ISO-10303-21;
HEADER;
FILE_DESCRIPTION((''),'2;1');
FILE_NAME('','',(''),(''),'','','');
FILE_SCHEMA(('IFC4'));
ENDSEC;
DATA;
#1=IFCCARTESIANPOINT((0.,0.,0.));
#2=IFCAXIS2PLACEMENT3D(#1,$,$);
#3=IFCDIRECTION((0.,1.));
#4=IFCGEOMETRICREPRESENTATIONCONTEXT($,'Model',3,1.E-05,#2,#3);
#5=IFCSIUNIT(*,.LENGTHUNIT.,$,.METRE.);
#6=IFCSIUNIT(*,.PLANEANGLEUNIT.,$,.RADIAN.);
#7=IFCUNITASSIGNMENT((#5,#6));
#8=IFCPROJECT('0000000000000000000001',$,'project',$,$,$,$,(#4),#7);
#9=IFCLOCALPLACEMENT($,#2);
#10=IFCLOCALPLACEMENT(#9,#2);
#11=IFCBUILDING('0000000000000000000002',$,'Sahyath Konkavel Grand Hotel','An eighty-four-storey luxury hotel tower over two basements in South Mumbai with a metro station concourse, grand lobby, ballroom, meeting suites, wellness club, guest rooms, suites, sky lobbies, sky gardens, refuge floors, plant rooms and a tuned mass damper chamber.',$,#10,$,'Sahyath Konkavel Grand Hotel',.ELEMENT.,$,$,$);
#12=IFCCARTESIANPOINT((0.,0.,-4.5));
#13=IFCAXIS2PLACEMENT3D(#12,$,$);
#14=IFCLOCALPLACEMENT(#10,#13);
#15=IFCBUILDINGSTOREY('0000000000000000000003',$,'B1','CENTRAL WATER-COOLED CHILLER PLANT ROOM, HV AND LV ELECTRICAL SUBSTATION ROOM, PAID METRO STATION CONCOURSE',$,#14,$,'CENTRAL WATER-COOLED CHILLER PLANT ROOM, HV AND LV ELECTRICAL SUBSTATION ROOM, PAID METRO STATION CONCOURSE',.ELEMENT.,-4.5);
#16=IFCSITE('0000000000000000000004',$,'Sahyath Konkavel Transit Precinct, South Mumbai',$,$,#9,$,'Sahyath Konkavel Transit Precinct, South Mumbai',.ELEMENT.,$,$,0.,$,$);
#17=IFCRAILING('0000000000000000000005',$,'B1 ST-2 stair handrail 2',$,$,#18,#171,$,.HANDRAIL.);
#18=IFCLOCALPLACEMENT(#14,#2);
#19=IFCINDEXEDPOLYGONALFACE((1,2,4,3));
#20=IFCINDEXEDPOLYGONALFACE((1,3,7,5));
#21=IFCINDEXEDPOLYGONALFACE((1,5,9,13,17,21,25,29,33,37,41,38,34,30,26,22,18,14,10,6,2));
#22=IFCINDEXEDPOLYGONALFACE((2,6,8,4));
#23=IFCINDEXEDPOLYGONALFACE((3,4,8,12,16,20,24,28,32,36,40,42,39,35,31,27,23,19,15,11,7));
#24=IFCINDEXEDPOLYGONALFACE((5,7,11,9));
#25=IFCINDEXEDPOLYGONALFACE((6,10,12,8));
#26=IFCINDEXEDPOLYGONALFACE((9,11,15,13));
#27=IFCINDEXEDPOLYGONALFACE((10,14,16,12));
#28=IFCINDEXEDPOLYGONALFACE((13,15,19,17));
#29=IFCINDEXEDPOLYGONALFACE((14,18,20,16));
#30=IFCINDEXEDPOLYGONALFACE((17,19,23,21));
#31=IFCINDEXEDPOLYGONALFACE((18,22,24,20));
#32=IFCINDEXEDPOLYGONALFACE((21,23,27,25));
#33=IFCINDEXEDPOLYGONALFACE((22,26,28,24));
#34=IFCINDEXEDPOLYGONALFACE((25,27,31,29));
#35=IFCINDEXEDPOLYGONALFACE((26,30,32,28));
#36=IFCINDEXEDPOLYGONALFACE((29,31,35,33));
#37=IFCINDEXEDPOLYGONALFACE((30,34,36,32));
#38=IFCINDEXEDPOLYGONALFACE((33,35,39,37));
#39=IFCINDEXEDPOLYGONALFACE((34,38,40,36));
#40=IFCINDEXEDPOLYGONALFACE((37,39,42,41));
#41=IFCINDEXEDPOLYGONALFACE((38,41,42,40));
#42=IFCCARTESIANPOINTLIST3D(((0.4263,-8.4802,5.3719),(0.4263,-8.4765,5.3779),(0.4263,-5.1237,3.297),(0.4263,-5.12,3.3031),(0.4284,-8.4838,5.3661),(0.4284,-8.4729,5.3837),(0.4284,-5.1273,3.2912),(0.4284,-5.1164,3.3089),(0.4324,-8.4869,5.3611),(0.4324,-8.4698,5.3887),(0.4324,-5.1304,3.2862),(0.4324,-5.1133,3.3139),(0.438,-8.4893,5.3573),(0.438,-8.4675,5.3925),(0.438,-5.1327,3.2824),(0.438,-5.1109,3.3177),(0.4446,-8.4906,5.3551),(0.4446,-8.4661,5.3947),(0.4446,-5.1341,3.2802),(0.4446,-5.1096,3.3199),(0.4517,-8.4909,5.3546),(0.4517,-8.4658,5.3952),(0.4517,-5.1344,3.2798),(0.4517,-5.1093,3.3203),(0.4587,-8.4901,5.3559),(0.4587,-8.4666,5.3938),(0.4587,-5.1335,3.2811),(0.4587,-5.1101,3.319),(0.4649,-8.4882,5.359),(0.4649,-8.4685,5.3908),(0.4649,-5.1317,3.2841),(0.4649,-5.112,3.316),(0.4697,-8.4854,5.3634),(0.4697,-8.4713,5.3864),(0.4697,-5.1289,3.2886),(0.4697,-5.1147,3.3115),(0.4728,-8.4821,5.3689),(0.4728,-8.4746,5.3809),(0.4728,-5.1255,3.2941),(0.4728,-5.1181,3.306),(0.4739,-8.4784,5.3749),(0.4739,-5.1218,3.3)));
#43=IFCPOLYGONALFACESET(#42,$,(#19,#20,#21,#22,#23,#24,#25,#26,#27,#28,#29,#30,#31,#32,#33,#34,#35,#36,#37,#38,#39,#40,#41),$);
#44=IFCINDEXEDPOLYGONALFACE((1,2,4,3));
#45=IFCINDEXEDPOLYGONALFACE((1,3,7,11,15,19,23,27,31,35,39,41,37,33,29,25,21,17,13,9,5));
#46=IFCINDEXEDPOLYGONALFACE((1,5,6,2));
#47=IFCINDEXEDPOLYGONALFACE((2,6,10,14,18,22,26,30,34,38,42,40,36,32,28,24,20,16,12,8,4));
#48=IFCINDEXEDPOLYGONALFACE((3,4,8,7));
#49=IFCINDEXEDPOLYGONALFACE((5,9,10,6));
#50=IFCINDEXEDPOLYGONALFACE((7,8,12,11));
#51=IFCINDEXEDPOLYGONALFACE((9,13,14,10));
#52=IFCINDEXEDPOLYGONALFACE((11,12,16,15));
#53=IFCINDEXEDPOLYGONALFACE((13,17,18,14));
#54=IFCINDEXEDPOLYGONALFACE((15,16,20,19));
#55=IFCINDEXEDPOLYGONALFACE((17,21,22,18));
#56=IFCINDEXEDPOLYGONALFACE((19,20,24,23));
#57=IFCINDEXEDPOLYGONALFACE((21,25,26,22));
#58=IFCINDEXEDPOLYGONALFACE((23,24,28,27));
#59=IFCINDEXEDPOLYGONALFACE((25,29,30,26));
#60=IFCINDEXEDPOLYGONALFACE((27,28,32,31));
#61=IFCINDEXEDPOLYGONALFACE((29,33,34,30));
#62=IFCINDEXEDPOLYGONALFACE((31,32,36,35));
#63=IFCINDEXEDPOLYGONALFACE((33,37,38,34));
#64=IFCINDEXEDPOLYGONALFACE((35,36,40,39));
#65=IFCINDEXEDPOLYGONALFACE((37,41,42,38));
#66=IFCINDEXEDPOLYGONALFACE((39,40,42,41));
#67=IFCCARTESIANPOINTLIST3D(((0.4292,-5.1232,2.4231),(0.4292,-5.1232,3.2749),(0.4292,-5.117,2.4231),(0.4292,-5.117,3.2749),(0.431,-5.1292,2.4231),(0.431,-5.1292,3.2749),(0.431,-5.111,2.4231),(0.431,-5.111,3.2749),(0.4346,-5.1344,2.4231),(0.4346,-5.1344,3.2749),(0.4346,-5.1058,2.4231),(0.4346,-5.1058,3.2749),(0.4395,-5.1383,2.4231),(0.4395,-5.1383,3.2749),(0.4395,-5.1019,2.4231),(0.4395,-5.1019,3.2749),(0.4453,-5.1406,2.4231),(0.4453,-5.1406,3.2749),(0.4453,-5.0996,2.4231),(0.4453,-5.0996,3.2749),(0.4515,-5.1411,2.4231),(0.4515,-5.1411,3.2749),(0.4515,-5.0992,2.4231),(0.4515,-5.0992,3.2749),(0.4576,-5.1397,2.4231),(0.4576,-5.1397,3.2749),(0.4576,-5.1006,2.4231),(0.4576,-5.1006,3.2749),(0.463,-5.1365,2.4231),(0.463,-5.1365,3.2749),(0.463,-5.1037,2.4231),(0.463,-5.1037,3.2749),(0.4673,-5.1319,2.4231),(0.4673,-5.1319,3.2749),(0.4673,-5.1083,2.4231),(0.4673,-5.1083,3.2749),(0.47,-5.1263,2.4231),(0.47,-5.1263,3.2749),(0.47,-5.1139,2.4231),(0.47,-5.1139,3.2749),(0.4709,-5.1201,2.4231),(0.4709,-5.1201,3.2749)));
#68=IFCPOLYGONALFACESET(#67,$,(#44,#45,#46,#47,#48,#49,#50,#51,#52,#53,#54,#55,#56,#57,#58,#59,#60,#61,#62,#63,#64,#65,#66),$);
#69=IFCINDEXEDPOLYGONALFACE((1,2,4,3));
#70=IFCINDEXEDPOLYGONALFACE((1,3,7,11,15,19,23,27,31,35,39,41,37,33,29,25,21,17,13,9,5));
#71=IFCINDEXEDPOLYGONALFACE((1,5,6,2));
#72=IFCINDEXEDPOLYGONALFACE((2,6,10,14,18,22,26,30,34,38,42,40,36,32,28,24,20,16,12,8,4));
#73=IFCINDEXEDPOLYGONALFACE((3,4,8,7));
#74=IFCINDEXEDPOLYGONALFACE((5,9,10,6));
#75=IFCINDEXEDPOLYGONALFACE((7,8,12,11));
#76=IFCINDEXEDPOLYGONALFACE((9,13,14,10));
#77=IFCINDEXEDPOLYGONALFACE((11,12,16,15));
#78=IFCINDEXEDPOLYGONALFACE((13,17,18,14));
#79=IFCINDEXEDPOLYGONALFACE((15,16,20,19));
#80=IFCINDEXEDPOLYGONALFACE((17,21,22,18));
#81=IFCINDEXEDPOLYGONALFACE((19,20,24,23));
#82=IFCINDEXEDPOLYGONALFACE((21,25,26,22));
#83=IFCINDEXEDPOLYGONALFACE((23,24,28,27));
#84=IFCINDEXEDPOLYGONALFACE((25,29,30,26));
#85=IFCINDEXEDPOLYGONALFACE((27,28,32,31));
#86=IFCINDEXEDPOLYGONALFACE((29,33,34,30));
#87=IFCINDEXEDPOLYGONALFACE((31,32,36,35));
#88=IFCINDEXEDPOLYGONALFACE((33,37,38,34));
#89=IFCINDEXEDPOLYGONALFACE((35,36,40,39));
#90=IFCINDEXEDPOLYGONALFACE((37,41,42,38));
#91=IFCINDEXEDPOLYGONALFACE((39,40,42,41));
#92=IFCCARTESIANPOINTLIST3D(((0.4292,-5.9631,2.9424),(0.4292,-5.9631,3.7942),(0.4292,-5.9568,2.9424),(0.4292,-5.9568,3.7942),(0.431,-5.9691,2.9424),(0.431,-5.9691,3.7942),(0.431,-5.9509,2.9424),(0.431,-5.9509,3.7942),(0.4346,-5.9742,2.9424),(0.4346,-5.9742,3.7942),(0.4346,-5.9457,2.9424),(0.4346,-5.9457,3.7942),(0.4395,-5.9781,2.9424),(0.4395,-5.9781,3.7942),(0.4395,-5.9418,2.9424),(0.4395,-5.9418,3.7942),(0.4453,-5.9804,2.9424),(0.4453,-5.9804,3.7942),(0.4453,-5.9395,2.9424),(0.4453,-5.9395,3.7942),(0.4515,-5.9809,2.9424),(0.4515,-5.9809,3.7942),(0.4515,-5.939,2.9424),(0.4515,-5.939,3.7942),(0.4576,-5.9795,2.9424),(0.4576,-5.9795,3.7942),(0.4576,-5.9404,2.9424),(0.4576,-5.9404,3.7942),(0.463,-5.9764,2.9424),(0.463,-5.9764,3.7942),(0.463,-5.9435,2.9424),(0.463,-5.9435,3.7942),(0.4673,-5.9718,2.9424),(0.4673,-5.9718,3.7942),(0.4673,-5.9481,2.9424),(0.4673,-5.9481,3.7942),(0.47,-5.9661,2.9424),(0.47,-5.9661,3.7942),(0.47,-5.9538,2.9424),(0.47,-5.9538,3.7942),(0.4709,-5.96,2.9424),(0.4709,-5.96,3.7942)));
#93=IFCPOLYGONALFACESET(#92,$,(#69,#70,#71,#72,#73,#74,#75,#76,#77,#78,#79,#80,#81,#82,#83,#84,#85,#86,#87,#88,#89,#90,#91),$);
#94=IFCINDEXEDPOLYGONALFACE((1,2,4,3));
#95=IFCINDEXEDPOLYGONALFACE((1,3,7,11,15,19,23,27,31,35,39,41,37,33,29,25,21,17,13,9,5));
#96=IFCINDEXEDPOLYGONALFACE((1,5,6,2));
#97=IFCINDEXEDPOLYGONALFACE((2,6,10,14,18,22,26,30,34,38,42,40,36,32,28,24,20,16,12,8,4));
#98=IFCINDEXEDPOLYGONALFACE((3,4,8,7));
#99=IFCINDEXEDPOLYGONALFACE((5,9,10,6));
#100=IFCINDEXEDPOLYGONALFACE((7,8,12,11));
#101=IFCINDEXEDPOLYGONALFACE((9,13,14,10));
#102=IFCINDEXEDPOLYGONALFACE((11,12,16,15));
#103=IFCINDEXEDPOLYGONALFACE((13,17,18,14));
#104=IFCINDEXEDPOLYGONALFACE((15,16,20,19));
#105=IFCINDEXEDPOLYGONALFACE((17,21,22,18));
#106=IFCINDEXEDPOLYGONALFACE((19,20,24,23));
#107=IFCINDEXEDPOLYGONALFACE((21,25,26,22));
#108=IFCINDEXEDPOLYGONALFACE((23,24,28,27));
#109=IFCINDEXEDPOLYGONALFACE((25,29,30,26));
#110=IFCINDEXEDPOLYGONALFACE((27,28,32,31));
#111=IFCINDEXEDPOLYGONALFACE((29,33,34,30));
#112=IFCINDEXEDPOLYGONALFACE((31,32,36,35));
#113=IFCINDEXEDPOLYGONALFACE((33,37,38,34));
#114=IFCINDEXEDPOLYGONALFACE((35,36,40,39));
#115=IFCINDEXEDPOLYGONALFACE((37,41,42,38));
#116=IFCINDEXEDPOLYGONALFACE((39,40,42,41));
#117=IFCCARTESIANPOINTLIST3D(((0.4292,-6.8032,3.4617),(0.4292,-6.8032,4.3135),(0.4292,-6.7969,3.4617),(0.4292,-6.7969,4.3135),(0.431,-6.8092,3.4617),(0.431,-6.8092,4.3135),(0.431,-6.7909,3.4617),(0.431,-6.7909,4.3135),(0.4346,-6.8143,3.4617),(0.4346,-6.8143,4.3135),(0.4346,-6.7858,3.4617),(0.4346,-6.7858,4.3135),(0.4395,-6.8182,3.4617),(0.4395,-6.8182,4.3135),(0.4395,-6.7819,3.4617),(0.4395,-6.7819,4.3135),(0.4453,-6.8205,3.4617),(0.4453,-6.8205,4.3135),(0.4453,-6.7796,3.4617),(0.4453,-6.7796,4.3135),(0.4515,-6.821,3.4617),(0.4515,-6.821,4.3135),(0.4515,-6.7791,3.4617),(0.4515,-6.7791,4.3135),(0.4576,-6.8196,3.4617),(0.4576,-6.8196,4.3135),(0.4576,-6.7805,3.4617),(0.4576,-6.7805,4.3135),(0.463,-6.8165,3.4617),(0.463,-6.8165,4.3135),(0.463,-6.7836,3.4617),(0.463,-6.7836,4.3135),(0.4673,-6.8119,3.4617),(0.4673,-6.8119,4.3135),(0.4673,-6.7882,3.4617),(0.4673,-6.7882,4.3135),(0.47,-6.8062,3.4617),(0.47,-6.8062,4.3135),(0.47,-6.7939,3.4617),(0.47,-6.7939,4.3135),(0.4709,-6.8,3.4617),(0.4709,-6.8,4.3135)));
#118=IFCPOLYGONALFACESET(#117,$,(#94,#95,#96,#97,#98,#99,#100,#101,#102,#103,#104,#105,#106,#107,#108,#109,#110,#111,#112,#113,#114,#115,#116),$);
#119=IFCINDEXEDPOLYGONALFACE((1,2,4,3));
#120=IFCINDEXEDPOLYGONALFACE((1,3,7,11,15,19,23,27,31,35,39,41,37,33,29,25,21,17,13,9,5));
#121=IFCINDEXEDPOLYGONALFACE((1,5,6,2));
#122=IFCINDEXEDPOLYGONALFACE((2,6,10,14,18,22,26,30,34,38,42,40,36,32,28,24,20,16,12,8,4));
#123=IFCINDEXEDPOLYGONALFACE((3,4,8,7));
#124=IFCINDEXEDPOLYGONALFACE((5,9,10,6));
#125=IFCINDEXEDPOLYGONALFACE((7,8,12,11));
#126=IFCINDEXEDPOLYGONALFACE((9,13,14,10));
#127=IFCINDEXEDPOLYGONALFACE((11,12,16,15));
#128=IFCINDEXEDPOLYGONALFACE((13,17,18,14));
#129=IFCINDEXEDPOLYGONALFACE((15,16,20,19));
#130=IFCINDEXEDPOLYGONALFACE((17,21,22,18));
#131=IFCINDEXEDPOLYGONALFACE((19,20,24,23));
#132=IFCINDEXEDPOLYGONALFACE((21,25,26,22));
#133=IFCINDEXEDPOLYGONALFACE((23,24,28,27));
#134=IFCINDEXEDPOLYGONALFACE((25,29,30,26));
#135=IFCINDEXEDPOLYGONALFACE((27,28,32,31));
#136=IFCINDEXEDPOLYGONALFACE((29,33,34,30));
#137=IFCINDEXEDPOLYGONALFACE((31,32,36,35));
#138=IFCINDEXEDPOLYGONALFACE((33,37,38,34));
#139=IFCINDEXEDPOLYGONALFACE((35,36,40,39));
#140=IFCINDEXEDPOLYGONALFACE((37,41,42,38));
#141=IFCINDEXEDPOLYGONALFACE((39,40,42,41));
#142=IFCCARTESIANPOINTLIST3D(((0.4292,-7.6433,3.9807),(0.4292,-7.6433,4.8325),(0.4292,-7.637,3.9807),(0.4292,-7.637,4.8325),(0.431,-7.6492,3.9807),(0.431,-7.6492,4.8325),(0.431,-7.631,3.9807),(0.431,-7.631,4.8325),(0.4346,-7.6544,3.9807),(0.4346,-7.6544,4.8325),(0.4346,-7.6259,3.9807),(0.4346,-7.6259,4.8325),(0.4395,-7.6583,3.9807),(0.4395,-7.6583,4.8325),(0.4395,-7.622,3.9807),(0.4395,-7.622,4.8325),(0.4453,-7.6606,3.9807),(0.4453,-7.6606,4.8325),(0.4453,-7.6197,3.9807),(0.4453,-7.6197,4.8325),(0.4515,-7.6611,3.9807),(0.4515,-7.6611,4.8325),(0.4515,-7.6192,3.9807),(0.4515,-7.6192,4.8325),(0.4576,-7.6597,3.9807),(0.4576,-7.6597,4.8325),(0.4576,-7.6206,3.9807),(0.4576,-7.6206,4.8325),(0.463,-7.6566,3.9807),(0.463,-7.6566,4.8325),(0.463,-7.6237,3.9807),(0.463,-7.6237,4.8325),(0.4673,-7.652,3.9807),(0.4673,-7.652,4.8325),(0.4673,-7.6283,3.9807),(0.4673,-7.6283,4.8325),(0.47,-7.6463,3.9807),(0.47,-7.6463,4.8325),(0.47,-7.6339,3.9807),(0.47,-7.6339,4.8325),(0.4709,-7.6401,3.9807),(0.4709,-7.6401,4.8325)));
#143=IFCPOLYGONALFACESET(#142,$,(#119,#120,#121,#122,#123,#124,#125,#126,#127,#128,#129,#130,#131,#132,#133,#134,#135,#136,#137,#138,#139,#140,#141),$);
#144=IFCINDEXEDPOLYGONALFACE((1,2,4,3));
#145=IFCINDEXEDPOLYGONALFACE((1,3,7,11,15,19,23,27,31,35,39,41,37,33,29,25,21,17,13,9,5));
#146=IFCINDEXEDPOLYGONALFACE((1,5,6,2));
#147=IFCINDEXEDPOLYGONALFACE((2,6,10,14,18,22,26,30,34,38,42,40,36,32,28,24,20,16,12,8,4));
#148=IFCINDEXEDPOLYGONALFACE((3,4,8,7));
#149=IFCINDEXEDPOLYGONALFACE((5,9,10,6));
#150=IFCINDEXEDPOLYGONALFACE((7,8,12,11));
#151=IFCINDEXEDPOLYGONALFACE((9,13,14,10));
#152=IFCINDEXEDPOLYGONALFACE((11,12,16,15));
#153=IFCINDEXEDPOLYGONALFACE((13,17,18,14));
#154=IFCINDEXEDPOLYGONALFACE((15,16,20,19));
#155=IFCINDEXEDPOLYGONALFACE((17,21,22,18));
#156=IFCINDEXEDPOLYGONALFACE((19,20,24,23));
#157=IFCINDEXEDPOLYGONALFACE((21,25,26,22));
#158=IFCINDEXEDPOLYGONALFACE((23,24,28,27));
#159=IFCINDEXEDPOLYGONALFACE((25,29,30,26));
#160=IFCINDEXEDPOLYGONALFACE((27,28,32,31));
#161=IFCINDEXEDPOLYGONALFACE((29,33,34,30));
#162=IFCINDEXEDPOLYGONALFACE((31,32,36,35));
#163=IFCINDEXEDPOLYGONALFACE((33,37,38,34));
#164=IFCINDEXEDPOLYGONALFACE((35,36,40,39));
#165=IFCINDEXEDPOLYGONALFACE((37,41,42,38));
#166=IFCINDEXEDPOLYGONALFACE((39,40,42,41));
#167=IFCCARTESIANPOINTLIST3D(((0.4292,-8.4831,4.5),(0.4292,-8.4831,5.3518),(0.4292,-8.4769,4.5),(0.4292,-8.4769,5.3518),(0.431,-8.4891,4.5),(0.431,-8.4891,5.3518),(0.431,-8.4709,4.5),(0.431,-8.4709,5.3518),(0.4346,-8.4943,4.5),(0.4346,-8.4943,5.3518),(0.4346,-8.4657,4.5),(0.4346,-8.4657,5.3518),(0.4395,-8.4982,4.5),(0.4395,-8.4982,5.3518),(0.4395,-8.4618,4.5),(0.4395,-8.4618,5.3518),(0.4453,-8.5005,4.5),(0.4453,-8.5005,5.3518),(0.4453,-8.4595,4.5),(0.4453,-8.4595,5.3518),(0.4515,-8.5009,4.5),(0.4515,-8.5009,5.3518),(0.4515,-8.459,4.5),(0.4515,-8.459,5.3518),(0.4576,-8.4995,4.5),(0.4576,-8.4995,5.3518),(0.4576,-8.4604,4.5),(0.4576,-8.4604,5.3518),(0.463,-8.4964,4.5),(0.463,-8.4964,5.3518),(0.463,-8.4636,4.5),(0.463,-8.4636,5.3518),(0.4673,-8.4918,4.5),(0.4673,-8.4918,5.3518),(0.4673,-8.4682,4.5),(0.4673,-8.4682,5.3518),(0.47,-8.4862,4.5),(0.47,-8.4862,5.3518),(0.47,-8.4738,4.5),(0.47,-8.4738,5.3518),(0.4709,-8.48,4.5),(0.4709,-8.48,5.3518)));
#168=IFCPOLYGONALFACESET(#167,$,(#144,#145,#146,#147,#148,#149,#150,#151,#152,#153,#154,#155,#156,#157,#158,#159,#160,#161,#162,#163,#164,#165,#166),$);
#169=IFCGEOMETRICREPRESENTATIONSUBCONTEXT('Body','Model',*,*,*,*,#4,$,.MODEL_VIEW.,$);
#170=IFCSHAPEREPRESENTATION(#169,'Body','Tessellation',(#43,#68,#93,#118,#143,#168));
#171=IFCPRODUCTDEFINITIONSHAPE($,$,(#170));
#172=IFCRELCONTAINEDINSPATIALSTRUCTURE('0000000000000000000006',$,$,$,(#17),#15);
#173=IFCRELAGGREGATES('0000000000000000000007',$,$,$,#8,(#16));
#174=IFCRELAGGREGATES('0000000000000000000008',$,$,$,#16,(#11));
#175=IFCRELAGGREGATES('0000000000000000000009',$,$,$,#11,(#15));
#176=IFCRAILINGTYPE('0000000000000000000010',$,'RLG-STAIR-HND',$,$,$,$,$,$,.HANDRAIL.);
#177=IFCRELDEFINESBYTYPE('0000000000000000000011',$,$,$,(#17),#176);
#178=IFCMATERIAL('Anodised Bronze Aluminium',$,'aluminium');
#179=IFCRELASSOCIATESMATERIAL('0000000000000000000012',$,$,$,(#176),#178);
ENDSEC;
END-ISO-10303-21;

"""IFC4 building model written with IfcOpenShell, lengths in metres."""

from ifc_helpers import new_model, si_unit, direction, frame, origin, origin_2d, place, context, subcontext, project, spatial, circle, extrude, material, type_object, element, save


model = new_model("IFC4")

# Units and contexts
model_context = context("Model", 3, precision=1e-05, world=origin(), true_north=direction((0.0, 1.0)))
body_context = subcontext(model_context, "Body", "Model", "MODEL_VIEW")
ifc_project = project(units=[si_unit("LENGTHUNIT", "METRE"), si_unit("PLANEANGLEUNIT", "RADIAN")], contexts=[model_context])

# Site, building, storey
site_placement = place(None, origin())
site = spatial("IfcSite", under=ifc_project, at=site_placement, Name="Sahyath Konkavel Transit Precinct, South Mumbai", LongName="Sahyath Konkavel Transit Precinct, South Mumbai", CompositionType="ELEMENT", RefElevation=0.0)
building_placement = place(site_placement, origin())
building = spatial("IfcBuilding", under=site, at=building_placement, Name="Sahyath Konkavel Grand Hotel", Description="An eighty-four-storey luxury hotel tower over two basements in South Mumbai with a metro station concourse, grand lobby, ballroom, meeting suites, wellness club, guest rooms, suites, sky lobbies, sky gardens, refuge floors, plant rooms and a tuned mass damper chamber.", LongName="Sahyath Konkavel Grand Hotel", CompositionType="ELEMENT")
storey_placement = place(building_placement, frame((0.0, 0.0, -4.5)))
storey = spatial("IfcBuildingStorey", under=building, at=storey_placement, Name="B1", Description="CENTRAL WATER-COOLED CHILLER PLANT ROOM, HV AND LV ELECTRICAL SUBSTATION ROOM, PAID METRO STATION CONCOURSE", LongName="CENTRAL WATER-COOLED CHILLER PLANT ROOM, HV AND LV ELECTRICAL SUBSTATION ROOM, PAID METRO STATION CONCOURSE", CompositionType="ELEMENT", Elevation=-4.5)

# Railing
ifc_material_1 = material(Name="Anodised Bronze Aluminium", Category="aluminium")
railing_type_1 = type_object("IfcRailingType", Name="RLG-STAIR-HND", PredefinedType="HANDRAIL", material=ifc_material_1)
railing_1_placement = place(storey_placement, frame((0.45, -5.1201, 2.4231)))
element("IfcRailing", 1, at=railing_1_placement, inside=storey, type_object=railing_type_1, Name="B1 ST-2 stair handrail 2", PredefinedType="HANDRAIL", context=body_context, shape_type="SweptSolid", body=[
    extrude(circle(Radius=0.0239, at=origin_2d()), frame((0.0, -0.0017, 0.877), z_axis=(0.0, -0.850606, 0.525803), x_axis=(1.0, 0.0, 0.0)), (0.0, 0.0, 1.0), 3.946),
    extrude(circle(Radius=0.021, at=origin_2d()), origin(), (0.0, 0.0, 1.0), 0.8518),
    extrude(circle(Radius=0.021, at=origin_2d()), frame((0.0, -0.8398, 0.5193)), (0.0, 0.0, 1.0), 0.8518),
    extrude(circle(Radius=0.021, at=origin_2d()), frame((0.0, -1.6799, 1.0386)), (0.0, 0.0, 1.0), 0.8518),
    extrude(circle(Radius=0.021, at=origin_2d()), frame((0.0, -2.52, 1.5576)), (0.0, 0.0, 1.0), 0.8518),
    extrude(circle(Radius=0.021, at=origin_2d()), frame((0.0, -3.3599, 2.0769)), (0.0, 0.0, 1.0), 0.8518),
])

save(model, "model.ifc")
